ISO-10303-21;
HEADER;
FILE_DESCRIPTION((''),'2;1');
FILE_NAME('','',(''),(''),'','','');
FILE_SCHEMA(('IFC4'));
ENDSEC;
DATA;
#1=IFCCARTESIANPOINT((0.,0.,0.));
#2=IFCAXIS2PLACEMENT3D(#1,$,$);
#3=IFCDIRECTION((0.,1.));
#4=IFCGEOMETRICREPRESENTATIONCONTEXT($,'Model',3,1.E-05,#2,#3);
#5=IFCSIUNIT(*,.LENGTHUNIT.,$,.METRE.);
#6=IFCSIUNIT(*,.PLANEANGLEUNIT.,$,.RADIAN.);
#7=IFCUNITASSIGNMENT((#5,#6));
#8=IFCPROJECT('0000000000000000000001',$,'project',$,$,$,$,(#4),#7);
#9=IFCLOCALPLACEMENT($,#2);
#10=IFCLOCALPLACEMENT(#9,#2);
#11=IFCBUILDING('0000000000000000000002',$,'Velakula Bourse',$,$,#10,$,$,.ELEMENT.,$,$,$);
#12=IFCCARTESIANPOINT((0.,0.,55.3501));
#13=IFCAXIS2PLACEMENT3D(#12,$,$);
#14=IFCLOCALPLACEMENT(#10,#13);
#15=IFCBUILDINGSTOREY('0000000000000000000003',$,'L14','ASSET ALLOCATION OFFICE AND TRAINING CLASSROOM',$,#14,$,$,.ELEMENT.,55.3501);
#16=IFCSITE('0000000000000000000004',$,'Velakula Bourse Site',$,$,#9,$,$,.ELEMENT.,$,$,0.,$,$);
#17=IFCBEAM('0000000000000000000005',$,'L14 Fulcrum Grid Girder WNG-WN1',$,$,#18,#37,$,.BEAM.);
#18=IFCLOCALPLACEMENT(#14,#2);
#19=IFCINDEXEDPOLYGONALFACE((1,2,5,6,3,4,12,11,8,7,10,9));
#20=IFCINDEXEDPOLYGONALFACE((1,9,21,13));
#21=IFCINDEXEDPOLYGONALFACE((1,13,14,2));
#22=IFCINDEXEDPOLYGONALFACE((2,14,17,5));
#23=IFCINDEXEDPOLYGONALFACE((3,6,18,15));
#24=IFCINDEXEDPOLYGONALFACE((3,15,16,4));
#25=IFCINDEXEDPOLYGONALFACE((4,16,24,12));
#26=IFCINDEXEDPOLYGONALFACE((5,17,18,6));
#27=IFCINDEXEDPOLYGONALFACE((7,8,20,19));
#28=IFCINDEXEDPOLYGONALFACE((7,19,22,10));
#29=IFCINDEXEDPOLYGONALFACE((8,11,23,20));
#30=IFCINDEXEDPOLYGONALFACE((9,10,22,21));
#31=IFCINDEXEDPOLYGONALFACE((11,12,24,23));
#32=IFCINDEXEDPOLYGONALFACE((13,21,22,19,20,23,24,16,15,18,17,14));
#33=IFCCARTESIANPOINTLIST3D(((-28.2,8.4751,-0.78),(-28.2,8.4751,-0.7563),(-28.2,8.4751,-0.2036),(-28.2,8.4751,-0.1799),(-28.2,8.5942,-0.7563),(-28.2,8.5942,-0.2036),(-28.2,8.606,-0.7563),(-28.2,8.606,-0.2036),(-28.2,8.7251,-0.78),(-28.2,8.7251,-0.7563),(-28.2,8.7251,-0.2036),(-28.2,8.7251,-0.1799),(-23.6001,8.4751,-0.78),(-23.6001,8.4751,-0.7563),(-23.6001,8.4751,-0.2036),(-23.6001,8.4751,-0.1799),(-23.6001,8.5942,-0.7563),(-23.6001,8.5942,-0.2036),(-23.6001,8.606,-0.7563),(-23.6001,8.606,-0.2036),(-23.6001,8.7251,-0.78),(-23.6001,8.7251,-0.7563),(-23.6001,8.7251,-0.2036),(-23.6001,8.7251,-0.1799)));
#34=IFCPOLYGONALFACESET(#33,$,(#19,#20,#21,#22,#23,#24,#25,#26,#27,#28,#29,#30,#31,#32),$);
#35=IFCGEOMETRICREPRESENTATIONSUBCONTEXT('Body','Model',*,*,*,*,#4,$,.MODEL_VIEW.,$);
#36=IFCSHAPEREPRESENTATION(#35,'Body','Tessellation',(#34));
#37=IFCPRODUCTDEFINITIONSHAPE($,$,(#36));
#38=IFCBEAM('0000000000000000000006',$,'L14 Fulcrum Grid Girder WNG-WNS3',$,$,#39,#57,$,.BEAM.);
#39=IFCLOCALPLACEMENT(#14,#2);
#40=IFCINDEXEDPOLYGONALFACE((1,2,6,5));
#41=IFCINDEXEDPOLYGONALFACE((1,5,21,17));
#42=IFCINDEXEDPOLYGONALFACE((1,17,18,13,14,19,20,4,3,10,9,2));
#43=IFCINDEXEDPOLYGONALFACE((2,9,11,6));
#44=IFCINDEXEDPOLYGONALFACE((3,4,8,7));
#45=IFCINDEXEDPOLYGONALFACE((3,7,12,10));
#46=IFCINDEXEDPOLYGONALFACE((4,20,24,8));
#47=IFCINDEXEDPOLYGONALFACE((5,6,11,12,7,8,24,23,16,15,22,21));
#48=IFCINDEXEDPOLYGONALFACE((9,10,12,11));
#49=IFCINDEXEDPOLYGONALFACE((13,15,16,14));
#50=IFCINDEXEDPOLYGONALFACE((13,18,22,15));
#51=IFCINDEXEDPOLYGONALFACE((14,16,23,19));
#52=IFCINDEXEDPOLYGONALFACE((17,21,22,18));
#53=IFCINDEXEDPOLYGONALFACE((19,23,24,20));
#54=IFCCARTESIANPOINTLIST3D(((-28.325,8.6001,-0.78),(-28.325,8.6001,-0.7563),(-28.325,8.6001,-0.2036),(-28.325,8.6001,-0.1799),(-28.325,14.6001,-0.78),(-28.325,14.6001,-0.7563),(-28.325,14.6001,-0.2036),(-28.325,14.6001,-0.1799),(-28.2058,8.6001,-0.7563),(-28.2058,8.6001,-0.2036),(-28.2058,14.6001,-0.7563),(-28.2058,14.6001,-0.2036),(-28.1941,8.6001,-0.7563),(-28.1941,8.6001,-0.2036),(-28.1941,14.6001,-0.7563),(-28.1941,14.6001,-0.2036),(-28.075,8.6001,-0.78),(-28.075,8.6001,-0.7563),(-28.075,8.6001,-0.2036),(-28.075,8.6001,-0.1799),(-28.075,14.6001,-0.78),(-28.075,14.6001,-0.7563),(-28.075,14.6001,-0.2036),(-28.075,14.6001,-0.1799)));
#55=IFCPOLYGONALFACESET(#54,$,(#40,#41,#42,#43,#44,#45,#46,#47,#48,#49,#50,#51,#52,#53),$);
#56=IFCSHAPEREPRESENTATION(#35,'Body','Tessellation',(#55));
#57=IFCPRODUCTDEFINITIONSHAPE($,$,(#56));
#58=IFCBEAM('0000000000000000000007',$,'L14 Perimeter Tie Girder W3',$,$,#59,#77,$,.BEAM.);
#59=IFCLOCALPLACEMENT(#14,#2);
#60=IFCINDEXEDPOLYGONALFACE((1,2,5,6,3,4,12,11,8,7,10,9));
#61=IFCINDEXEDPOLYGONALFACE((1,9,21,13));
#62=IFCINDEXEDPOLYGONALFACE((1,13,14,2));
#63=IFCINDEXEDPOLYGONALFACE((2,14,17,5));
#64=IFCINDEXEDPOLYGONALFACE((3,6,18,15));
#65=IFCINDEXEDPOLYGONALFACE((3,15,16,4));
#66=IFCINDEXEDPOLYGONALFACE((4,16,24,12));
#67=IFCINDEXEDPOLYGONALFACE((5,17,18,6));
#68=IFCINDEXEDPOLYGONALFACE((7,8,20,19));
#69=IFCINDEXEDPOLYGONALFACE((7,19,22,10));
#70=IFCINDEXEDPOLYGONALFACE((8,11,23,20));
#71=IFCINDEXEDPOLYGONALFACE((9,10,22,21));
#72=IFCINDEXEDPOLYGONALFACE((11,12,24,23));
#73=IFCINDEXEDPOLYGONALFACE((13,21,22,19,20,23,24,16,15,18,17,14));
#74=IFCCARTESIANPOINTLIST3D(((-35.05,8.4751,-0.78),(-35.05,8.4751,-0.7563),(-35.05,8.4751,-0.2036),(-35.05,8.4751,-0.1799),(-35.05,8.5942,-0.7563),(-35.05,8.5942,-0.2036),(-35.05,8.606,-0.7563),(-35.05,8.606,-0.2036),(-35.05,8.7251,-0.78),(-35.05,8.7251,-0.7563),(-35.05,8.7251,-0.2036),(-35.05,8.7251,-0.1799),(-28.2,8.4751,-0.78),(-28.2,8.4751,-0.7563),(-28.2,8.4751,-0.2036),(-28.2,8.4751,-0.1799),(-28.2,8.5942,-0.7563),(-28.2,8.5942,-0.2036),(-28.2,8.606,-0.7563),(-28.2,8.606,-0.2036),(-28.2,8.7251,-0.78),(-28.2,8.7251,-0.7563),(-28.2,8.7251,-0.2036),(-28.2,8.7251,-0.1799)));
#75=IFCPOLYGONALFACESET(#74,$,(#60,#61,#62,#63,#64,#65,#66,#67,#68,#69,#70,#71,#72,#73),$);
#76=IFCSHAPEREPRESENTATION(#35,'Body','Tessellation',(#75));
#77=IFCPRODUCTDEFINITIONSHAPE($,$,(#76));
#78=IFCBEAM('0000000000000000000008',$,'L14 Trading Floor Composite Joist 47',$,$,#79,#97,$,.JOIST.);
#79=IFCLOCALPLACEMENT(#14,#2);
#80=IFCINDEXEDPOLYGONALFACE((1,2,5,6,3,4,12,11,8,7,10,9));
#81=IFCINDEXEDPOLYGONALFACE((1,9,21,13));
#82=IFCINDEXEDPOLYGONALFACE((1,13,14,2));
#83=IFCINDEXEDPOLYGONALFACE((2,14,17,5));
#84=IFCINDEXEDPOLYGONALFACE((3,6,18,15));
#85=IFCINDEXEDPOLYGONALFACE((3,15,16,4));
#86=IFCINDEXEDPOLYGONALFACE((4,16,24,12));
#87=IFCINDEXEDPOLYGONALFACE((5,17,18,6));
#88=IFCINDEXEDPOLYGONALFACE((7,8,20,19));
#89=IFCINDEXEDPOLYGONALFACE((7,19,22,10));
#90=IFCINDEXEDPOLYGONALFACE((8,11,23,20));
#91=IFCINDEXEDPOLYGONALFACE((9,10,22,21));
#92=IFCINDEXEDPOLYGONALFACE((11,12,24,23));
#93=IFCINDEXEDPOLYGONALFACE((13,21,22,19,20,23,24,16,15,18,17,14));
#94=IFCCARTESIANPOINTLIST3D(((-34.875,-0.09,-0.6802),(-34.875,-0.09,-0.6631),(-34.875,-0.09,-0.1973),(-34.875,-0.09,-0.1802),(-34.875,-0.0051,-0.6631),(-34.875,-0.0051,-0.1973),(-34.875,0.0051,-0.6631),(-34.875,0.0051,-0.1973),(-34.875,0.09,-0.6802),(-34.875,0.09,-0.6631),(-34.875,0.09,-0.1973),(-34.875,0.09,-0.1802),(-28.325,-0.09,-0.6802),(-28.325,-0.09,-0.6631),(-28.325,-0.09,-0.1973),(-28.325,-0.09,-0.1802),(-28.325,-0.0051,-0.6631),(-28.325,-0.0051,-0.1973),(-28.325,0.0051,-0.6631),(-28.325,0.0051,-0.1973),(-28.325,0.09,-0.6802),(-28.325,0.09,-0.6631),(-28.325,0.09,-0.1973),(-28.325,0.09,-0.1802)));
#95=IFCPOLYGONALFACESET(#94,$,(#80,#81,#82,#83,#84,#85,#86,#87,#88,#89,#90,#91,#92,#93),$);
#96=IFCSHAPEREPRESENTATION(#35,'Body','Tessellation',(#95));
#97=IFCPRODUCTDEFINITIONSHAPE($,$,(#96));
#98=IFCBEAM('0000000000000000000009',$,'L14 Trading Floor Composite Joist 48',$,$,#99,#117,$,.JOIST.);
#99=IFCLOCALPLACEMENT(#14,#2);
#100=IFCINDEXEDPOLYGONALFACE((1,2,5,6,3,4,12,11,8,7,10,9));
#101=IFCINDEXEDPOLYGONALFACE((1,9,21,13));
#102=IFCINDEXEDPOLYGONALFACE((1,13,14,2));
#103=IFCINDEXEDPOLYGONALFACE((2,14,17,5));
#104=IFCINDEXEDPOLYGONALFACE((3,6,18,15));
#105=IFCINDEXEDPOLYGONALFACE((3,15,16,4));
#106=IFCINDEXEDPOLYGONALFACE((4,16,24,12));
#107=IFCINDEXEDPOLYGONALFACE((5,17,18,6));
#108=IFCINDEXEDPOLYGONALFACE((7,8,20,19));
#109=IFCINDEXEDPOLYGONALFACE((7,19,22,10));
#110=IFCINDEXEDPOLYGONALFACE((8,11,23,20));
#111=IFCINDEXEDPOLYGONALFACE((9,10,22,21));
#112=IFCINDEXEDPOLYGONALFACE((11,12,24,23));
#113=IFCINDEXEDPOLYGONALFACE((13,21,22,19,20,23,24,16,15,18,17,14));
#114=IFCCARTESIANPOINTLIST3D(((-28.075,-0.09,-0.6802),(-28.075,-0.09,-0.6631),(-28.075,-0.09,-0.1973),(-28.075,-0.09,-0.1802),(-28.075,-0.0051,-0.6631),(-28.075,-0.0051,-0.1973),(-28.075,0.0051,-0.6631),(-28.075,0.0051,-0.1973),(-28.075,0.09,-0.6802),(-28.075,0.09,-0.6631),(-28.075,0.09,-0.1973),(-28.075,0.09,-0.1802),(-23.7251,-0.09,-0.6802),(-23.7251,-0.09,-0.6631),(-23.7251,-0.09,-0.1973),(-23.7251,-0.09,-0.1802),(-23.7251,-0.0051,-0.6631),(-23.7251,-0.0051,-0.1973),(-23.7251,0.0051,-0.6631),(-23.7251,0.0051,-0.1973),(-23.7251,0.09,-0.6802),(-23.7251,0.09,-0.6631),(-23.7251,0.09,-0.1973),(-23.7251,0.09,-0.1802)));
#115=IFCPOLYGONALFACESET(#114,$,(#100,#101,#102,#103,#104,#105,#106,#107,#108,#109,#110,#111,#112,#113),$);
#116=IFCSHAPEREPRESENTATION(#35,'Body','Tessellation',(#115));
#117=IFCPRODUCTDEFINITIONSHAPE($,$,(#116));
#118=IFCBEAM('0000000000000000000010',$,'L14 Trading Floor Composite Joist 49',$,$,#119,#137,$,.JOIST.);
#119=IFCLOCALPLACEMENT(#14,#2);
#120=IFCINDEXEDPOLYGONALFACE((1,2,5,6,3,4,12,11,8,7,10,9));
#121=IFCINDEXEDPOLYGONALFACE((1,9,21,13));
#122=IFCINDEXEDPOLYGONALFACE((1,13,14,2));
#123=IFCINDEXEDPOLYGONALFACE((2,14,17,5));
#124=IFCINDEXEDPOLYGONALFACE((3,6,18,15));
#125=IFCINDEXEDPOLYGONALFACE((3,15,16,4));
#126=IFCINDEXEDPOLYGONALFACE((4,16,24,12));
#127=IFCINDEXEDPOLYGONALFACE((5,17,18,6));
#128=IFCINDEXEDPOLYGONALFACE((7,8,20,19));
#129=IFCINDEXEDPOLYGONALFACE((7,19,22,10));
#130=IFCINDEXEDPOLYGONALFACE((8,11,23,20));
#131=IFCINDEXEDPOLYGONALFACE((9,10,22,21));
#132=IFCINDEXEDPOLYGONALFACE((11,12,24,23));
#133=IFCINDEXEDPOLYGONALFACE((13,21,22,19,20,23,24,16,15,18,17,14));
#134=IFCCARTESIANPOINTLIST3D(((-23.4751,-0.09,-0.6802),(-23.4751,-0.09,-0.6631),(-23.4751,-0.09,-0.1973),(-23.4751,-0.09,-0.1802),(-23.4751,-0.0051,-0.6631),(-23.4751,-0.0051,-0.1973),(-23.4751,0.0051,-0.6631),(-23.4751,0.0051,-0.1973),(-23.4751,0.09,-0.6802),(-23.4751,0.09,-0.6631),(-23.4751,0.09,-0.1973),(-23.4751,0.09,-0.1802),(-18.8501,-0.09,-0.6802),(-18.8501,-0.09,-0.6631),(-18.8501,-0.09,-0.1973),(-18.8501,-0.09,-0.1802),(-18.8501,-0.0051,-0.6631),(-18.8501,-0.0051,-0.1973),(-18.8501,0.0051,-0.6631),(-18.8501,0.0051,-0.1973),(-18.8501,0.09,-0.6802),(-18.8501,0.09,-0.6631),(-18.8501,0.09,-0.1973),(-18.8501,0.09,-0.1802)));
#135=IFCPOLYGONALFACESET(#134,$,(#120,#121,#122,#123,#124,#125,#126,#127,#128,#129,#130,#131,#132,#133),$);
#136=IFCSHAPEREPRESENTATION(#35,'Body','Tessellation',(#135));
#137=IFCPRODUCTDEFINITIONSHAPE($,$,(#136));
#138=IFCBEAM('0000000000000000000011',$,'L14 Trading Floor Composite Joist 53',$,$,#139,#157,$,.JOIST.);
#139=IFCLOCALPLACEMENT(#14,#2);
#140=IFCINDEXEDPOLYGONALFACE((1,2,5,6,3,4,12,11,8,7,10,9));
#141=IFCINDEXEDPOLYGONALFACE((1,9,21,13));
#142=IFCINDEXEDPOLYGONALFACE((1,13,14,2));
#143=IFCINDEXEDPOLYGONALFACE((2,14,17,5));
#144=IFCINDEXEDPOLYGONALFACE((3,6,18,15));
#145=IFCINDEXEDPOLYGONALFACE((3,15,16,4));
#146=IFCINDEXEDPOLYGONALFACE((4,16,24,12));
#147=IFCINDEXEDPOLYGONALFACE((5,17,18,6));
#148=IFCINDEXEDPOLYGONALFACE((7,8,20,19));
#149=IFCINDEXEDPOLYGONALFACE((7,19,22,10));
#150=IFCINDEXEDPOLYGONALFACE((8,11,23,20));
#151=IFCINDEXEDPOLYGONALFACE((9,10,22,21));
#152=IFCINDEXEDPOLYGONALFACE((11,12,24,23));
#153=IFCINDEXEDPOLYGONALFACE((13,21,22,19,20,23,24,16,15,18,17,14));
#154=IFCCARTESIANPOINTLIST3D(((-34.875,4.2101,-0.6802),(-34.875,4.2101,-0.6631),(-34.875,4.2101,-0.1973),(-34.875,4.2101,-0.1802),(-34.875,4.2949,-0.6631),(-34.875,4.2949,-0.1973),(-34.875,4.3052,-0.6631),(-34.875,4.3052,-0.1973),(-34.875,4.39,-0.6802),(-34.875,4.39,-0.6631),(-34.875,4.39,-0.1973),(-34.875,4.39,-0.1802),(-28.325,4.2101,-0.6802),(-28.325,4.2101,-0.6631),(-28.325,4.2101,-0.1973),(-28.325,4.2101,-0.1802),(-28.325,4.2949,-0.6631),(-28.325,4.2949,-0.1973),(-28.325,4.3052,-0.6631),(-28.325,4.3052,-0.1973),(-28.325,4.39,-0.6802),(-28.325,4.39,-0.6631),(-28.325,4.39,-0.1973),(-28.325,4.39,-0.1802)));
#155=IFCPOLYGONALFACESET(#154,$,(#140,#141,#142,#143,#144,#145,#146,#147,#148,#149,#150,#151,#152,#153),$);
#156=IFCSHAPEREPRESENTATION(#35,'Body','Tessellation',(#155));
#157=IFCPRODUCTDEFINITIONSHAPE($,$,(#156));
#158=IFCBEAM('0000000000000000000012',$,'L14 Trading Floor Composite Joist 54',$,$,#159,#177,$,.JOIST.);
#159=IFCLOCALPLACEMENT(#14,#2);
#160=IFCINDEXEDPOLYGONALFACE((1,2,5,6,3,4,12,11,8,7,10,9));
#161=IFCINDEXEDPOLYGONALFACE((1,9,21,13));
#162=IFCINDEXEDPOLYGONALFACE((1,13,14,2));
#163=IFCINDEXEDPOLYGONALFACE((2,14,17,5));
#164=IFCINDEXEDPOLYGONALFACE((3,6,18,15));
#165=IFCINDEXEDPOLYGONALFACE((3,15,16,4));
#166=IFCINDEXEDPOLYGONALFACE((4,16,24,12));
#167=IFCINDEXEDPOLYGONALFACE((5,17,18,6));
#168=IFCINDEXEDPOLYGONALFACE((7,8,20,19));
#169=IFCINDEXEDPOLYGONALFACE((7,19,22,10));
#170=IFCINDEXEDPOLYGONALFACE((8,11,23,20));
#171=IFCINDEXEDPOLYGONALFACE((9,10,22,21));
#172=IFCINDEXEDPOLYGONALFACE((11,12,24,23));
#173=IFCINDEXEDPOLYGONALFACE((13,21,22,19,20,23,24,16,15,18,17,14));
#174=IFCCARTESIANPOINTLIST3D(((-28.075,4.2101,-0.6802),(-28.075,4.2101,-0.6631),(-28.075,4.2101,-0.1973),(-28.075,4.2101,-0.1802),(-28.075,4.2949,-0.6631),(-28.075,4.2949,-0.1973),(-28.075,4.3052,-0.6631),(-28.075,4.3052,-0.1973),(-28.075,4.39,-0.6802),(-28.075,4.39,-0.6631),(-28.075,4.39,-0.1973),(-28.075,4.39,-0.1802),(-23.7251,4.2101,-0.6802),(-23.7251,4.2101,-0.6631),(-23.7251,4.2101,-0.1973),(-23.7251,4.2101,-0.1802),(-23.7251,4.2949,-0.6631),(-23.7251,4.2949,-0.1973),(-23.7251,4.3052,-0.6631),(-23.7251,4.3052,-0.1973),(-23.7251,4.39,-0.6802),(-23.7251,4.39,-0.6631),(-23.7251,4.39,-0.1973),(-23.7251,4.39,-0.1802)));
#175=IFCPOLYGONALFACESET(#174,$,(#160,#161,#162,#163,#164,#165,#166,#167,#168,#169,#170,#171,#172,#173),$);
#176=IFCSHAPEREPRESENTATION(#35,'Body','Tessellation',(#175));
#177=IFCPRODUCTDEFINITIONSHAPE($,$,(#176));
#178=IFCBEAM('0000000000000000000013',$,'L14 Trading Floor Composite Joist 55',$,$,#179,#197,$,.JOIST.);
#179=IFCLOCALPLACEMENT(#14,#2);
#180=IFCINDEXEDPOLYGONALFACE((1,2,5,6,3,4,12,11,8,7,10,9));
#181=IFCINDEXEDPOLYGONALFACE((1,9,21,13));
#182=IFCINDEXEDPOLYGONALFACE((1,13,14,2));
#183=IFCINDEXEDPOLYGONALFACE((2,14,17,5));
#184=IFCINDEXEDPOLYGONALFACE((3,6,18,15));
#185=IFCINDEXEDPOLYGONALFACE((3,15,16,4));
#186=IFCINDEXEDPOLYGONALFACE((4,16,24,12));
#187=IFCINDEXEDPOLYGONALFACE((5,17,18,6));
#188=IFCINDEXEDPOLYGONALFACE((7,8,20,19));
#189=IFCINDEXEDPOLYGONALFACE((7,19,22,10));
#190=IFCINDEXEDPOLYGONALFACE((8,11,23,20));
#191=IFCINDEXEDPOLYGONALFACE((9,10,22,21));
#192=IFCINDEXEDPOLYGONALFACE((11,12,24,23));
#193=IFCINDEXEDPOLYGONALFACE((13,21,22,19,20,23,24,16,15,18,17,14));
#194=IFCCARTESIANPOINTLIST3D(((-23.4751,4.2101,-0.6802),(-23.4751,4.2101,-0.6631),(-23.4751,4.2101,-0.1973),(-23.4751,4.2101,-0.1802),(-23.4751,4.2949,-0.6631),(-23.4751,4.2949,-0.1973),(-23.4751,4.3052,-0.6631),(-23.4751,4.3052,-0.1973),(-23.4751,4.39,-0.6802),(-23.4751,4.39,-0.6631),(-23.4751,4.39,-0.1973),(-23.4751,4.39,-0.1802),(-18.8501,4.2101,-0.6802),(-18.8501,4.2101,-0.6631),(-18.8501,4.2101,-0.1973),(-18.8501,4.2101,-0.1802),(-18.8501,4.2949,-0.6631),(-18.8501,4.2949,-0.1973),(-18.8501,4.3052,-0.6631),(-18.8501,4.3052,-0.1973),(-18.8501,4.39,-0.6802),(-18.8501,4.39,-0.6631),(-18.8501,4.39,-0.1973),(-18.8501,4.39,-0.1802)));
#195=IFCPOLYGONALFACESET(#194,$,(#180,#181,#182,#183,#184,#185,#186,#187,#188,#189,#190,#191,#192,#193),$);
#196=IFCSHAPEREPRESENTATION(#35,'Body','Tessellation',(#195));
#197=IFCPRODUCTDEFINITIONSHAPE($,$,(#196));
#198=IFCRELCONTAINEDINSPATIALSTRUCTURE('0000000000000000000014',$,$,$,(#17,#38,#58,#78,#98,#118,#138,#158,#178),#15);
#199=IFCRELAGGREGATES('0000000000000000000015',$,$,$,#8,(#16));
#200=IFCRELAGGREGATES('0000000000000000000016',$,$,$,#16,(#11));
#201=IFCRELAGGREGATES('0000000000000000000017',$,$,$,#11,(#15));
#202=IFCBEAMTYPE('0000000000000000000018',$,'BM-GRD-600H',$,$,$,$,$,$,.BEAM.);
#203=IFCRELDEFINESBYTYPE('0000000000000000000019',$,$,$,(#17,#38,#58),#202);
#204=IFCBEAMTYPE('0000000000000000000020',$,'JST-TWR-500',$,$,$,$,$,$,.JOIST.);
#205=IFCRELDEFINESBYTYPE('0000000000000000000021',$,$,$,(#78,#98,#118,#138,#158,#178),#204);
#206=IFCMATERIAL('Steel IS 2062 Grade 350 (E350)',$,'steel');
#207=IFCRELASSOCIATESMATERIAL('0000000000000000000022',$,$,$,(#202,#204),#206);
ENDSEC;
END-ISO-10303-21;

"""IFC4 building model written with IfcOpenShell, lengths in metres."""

from ifc_helpers import new_model, si_unit, direction, frame, origin, origin_2d, place, context, subcontext, project, spatial, i_section, extrude, material, material_profile, profile_set, type_object, element, save


model = new_model("IFC4")

# Units and contexts
model_context = context("Model", 3, precision=1e-05, world=origin(), true_north=direction((0.0, 1.0)))
body_context = subcontext(model_context, "Body", "Model", "MODEL_VIEW")
ifc_project = project(units=[si_unit("LENGTHUNIT", "METRE"), si_unit("PLANEANGLEUNIT", "RADIAN")], contexts=[model_context])

# Site, building, storey
site_placement = place(None, origin())
site = spatial("IfcSite", under=ifc_project, at=site_placement, Name="Velakula Bourse Site", CompositionType="ELEMENT", RefElevation=0.0)
building_placement = place(site_placement, origin())
building = spatial("IfcBuilding", under=site, at=building_placement, Name="Velakula Bourse", CompositionType="ELEMENT")
storey_placement = place(building_placement, frame((0.0, 0.0, 55.3501)))
storey = spatial("IfcBuildingStorey", under=building, at=storey_placement, Name="L14", Description="ASSET ALLOCATION OFFICE AND TRAINING CLASSROOM", CompositionType="ELEMENT", Elevation=55.3501)

# Beams
ifc_material_1 = material(Name="Steel IS 2062 Grade 350 (E350)", Category="steel")
ifc_material_profile_1 = material_profile(ifc_material_1, i_section(OverallWidth=0.25, OverallDepth=0.6001, WebThickness=0.0117, FlangeThickness=0.0237, at=origin_2d()), Name="Steel IS 2062 Grade 350 (E350)")
ifc_profile_set_1 = profile_set([ifc_material_profile_1], Name="Steel IS 2062 Grade 350 (E350)")
beam_type_1 = type_object("IfcBeamType", Name="BM-GRD-600H", PredefinedType="BEAM", material=ifc_profile_set_1)
beam_1_placement = place(storey_placement, frame((-28.2, 8.6001, -0.48), z_axis=(1.0, 0.0, 0.0), x_axis=(0.0, 1.0, 0.0)))
element("IfcBeam", 1, at=beam_1_placement, inside=storey, type_object=beam_type_1, Name="L14 Fulcrum Grid Girder WNG-WN1", PredefinedType="BEAM", context=body_context, shape_type="SweptSolid", body=[
    extrude(i_section(OverallWidth=0.25, OverallDepth=0.6001, WebThickness=0.0117, FlangeThickness=0.0237, at=origin_2d()), origin(), (0.0, 0.0, 1.0), 4.5999),
])
beam_2_placement = place(storey_placement, frame((-28.2, 8.6001, -0.48), z_axis=(0.0, 1.0, 0.0), x_axis=(-1.0, 0.0, 0.0)))
element("IfcBeam", 2, at=beam_2_placement, inside=storey, type_object=beam_type_1, Name="L14 Fulcrum Grid Girder WNG-WNS3", PredefinedType="BEAM", context=body_context, shape_type="SweptSolid", body=[
    extrude(i_section(OverallWidth=0.25, OverallDepth=0.6001, WebThickness=0.0117, FlangeThickness=0.0237, at=origin_2d()), origin(), (0.0, 0.0, 1.0), 6.0),
])
beam_3_placement = place(storey_placement, frame((-28.2, 8.6001, -0.48), z_axis=(-1.0, 0.0, 0.0), x_axis=(0.0, -1.0, 0.0)))
element("IfcBeam", 3, at=beam_3_placement, inside=storey, type_object=beam_type_1, Name="L14 Perimeter Tie Girder W3", PredefinedType="BEAM", context=body_context, shape_type="SweptSolid", body=[
    extrude(i_section(OverallWidth=0.25, OverallDepth=0.6001, WebThickness=0.0117, FlangeThickness=0.0237, at=origin_2d()), origin(), (0.0, 0.0, 1.0), 6.8501),
])
ifc_material_profile_2 = material_profile(ifc_material_1, i_section(OverallWidth=0.1799, OverallDepth=0.5, WebThickness=0.0103, FlangeThickness=0.0171, at=origin_2d()), Name="Steel IS 2062 Grade 350 (E350)")
ifc_profile_set_2 = profile_set([ifc_material_profile_2], Name="Steel IS 2062 Grade 350 (E350)")
beam_type_2 = type_object("IfcBeamType", Name="JST-TWR-500", PredefinedType="JOIST", material=ifc_profile_set_2)
beam_4_placement = place(storey_placement, frame((-34.875, 0.0, -0.4302), z_axis=(1.0, 0.0, 0.0), x_axis=(0.0, 1.0, 0.0)))
element("IfcBeam", 4, at=beam_4_placement, inside=storey, type_object=beam_type_2, Name="L14 Trading Floor Composite Joist 47", PredefinedType="JOIST", context=body_context, shape_type="SweptSolid", body=[
    extrude(i_section(OverallWidth=0.1799, OverallDepth=0.5, WebThickness=0.0103, FlangeThickness=0.0171, at=origin_2d()), origin(), (0.0, 0.0, 1.0), 6.55),
])
beam_5_placement = place(storey_placement, frame((-28.075, 0.0, -0.4302), z_axis=(1.0, 0.0, 0.0), x_axis=(0.0, 1.0, 0.0)))
element("IfcBeam", 5, at=beam_5_placement, inside=storey, type_object=beam_type_2, Name="L14 Trading Floor Composite Joist 48", PredefinedType="JOIST", context=body_context, shape_type="SweptSolid", body=[
    extrude(i_section(OverallWidth=0.1799, OverallDepth=0.5, WebThickness=0.0103, FlangeThickness=0.0171, at=origin_2d()), origin(), (0.0, 0.0, 1.0), 4.3499),
])
beam_6_placement = place(storey_placement, frame((-23.4751, 0.0, -0.4302), z_axis=(1.0, 0.0, 0.0), x_axis=(0.0, 1.0, 0.0)))
element("IfcBeam", 6, at=beam_6_placement, inside=storey, type_object=beam_type_2, Name="L14 Trading Floor Composite Joist 49", PredefinedType="JOIST", context=body_context, shape_type="SweptSolid", body=[
    extrude(i_section(OverallWidth=0.1799, OverallDepth=0.5, WebThickness=0.0103, FlangeThickness=0.0171, at=origin_2d()), origin(), (0.0, 0.0, 1.0), 4.625),
])
beam_7_placement = place(storey_placement, frame((-34.875, 4.3, -0.4302), z_axis=(1.0, 0.0, 0.0), x_axis=(0.0, 1.0, 0.0)))
element("IfcBeam", 7, at=beam_7_placement, inside=storey, type_object=beam_type_2, Name="L14 Trading Floor Composite Joist 53", PredefinedType="JOIST", context=body_context, shape_type="SweptSolid", body=[
    extrude(i_section(OverallWidth=0.1799, OverallDepth=0.5, WebThickness=0.0103, FlangeThickness=0.0171, at=origin_2d()), origin(), (0.0, 0.0, 1.0), 6.55),
])
beam_8_placement = place(storey_placement, frame((-28.075, 4.3, -0.4302), z_axis=(1.0, 0.0, 0.0), x_axis=(0.0, 1.0, 0.0)))
element("IfcBeam", 8, at=beam_8_placement, inside=storey, type_object=beam_type_2, Name="L14 Trading Floor Composite Joist 54", PredefinedType="JOIST", context=body_context, shape_type="SweptSolid", body=[
    extrude(i_section(OverallWidth=0.1799, OverallDepth=0.5, WebThickness=0.0103, FlangeThickness=0.0171, at=origin_2d()), origin(), (0.0, 0.0, 1.0), 4.3499),
])
beam_9_placement = place(storey_placement, frame((-23.4751, 4.3, -0.4302), z_axis=(1.0, 0.0, 0.0), x_axis=(0.0, 1.0, 0.0)))
element("IfcBeam", 9, at=beam_9_placement, inside=storey, type_object=beam_type_2, Name="L14 Trading Floor Composite Joist 55", PredefinedType="JOIST", context=body_context, shape_type="SweptSolid", body=[
    extrude(i_section(OverallWidth=0.1799, OverallDepth=0.5, WebThickness=0.0103, FlangeThickness=0.0171, at=origin_2d()), origin(), (0.0, 0.0, 1.0), 4.625),
])

save(model, "model.ifc")
